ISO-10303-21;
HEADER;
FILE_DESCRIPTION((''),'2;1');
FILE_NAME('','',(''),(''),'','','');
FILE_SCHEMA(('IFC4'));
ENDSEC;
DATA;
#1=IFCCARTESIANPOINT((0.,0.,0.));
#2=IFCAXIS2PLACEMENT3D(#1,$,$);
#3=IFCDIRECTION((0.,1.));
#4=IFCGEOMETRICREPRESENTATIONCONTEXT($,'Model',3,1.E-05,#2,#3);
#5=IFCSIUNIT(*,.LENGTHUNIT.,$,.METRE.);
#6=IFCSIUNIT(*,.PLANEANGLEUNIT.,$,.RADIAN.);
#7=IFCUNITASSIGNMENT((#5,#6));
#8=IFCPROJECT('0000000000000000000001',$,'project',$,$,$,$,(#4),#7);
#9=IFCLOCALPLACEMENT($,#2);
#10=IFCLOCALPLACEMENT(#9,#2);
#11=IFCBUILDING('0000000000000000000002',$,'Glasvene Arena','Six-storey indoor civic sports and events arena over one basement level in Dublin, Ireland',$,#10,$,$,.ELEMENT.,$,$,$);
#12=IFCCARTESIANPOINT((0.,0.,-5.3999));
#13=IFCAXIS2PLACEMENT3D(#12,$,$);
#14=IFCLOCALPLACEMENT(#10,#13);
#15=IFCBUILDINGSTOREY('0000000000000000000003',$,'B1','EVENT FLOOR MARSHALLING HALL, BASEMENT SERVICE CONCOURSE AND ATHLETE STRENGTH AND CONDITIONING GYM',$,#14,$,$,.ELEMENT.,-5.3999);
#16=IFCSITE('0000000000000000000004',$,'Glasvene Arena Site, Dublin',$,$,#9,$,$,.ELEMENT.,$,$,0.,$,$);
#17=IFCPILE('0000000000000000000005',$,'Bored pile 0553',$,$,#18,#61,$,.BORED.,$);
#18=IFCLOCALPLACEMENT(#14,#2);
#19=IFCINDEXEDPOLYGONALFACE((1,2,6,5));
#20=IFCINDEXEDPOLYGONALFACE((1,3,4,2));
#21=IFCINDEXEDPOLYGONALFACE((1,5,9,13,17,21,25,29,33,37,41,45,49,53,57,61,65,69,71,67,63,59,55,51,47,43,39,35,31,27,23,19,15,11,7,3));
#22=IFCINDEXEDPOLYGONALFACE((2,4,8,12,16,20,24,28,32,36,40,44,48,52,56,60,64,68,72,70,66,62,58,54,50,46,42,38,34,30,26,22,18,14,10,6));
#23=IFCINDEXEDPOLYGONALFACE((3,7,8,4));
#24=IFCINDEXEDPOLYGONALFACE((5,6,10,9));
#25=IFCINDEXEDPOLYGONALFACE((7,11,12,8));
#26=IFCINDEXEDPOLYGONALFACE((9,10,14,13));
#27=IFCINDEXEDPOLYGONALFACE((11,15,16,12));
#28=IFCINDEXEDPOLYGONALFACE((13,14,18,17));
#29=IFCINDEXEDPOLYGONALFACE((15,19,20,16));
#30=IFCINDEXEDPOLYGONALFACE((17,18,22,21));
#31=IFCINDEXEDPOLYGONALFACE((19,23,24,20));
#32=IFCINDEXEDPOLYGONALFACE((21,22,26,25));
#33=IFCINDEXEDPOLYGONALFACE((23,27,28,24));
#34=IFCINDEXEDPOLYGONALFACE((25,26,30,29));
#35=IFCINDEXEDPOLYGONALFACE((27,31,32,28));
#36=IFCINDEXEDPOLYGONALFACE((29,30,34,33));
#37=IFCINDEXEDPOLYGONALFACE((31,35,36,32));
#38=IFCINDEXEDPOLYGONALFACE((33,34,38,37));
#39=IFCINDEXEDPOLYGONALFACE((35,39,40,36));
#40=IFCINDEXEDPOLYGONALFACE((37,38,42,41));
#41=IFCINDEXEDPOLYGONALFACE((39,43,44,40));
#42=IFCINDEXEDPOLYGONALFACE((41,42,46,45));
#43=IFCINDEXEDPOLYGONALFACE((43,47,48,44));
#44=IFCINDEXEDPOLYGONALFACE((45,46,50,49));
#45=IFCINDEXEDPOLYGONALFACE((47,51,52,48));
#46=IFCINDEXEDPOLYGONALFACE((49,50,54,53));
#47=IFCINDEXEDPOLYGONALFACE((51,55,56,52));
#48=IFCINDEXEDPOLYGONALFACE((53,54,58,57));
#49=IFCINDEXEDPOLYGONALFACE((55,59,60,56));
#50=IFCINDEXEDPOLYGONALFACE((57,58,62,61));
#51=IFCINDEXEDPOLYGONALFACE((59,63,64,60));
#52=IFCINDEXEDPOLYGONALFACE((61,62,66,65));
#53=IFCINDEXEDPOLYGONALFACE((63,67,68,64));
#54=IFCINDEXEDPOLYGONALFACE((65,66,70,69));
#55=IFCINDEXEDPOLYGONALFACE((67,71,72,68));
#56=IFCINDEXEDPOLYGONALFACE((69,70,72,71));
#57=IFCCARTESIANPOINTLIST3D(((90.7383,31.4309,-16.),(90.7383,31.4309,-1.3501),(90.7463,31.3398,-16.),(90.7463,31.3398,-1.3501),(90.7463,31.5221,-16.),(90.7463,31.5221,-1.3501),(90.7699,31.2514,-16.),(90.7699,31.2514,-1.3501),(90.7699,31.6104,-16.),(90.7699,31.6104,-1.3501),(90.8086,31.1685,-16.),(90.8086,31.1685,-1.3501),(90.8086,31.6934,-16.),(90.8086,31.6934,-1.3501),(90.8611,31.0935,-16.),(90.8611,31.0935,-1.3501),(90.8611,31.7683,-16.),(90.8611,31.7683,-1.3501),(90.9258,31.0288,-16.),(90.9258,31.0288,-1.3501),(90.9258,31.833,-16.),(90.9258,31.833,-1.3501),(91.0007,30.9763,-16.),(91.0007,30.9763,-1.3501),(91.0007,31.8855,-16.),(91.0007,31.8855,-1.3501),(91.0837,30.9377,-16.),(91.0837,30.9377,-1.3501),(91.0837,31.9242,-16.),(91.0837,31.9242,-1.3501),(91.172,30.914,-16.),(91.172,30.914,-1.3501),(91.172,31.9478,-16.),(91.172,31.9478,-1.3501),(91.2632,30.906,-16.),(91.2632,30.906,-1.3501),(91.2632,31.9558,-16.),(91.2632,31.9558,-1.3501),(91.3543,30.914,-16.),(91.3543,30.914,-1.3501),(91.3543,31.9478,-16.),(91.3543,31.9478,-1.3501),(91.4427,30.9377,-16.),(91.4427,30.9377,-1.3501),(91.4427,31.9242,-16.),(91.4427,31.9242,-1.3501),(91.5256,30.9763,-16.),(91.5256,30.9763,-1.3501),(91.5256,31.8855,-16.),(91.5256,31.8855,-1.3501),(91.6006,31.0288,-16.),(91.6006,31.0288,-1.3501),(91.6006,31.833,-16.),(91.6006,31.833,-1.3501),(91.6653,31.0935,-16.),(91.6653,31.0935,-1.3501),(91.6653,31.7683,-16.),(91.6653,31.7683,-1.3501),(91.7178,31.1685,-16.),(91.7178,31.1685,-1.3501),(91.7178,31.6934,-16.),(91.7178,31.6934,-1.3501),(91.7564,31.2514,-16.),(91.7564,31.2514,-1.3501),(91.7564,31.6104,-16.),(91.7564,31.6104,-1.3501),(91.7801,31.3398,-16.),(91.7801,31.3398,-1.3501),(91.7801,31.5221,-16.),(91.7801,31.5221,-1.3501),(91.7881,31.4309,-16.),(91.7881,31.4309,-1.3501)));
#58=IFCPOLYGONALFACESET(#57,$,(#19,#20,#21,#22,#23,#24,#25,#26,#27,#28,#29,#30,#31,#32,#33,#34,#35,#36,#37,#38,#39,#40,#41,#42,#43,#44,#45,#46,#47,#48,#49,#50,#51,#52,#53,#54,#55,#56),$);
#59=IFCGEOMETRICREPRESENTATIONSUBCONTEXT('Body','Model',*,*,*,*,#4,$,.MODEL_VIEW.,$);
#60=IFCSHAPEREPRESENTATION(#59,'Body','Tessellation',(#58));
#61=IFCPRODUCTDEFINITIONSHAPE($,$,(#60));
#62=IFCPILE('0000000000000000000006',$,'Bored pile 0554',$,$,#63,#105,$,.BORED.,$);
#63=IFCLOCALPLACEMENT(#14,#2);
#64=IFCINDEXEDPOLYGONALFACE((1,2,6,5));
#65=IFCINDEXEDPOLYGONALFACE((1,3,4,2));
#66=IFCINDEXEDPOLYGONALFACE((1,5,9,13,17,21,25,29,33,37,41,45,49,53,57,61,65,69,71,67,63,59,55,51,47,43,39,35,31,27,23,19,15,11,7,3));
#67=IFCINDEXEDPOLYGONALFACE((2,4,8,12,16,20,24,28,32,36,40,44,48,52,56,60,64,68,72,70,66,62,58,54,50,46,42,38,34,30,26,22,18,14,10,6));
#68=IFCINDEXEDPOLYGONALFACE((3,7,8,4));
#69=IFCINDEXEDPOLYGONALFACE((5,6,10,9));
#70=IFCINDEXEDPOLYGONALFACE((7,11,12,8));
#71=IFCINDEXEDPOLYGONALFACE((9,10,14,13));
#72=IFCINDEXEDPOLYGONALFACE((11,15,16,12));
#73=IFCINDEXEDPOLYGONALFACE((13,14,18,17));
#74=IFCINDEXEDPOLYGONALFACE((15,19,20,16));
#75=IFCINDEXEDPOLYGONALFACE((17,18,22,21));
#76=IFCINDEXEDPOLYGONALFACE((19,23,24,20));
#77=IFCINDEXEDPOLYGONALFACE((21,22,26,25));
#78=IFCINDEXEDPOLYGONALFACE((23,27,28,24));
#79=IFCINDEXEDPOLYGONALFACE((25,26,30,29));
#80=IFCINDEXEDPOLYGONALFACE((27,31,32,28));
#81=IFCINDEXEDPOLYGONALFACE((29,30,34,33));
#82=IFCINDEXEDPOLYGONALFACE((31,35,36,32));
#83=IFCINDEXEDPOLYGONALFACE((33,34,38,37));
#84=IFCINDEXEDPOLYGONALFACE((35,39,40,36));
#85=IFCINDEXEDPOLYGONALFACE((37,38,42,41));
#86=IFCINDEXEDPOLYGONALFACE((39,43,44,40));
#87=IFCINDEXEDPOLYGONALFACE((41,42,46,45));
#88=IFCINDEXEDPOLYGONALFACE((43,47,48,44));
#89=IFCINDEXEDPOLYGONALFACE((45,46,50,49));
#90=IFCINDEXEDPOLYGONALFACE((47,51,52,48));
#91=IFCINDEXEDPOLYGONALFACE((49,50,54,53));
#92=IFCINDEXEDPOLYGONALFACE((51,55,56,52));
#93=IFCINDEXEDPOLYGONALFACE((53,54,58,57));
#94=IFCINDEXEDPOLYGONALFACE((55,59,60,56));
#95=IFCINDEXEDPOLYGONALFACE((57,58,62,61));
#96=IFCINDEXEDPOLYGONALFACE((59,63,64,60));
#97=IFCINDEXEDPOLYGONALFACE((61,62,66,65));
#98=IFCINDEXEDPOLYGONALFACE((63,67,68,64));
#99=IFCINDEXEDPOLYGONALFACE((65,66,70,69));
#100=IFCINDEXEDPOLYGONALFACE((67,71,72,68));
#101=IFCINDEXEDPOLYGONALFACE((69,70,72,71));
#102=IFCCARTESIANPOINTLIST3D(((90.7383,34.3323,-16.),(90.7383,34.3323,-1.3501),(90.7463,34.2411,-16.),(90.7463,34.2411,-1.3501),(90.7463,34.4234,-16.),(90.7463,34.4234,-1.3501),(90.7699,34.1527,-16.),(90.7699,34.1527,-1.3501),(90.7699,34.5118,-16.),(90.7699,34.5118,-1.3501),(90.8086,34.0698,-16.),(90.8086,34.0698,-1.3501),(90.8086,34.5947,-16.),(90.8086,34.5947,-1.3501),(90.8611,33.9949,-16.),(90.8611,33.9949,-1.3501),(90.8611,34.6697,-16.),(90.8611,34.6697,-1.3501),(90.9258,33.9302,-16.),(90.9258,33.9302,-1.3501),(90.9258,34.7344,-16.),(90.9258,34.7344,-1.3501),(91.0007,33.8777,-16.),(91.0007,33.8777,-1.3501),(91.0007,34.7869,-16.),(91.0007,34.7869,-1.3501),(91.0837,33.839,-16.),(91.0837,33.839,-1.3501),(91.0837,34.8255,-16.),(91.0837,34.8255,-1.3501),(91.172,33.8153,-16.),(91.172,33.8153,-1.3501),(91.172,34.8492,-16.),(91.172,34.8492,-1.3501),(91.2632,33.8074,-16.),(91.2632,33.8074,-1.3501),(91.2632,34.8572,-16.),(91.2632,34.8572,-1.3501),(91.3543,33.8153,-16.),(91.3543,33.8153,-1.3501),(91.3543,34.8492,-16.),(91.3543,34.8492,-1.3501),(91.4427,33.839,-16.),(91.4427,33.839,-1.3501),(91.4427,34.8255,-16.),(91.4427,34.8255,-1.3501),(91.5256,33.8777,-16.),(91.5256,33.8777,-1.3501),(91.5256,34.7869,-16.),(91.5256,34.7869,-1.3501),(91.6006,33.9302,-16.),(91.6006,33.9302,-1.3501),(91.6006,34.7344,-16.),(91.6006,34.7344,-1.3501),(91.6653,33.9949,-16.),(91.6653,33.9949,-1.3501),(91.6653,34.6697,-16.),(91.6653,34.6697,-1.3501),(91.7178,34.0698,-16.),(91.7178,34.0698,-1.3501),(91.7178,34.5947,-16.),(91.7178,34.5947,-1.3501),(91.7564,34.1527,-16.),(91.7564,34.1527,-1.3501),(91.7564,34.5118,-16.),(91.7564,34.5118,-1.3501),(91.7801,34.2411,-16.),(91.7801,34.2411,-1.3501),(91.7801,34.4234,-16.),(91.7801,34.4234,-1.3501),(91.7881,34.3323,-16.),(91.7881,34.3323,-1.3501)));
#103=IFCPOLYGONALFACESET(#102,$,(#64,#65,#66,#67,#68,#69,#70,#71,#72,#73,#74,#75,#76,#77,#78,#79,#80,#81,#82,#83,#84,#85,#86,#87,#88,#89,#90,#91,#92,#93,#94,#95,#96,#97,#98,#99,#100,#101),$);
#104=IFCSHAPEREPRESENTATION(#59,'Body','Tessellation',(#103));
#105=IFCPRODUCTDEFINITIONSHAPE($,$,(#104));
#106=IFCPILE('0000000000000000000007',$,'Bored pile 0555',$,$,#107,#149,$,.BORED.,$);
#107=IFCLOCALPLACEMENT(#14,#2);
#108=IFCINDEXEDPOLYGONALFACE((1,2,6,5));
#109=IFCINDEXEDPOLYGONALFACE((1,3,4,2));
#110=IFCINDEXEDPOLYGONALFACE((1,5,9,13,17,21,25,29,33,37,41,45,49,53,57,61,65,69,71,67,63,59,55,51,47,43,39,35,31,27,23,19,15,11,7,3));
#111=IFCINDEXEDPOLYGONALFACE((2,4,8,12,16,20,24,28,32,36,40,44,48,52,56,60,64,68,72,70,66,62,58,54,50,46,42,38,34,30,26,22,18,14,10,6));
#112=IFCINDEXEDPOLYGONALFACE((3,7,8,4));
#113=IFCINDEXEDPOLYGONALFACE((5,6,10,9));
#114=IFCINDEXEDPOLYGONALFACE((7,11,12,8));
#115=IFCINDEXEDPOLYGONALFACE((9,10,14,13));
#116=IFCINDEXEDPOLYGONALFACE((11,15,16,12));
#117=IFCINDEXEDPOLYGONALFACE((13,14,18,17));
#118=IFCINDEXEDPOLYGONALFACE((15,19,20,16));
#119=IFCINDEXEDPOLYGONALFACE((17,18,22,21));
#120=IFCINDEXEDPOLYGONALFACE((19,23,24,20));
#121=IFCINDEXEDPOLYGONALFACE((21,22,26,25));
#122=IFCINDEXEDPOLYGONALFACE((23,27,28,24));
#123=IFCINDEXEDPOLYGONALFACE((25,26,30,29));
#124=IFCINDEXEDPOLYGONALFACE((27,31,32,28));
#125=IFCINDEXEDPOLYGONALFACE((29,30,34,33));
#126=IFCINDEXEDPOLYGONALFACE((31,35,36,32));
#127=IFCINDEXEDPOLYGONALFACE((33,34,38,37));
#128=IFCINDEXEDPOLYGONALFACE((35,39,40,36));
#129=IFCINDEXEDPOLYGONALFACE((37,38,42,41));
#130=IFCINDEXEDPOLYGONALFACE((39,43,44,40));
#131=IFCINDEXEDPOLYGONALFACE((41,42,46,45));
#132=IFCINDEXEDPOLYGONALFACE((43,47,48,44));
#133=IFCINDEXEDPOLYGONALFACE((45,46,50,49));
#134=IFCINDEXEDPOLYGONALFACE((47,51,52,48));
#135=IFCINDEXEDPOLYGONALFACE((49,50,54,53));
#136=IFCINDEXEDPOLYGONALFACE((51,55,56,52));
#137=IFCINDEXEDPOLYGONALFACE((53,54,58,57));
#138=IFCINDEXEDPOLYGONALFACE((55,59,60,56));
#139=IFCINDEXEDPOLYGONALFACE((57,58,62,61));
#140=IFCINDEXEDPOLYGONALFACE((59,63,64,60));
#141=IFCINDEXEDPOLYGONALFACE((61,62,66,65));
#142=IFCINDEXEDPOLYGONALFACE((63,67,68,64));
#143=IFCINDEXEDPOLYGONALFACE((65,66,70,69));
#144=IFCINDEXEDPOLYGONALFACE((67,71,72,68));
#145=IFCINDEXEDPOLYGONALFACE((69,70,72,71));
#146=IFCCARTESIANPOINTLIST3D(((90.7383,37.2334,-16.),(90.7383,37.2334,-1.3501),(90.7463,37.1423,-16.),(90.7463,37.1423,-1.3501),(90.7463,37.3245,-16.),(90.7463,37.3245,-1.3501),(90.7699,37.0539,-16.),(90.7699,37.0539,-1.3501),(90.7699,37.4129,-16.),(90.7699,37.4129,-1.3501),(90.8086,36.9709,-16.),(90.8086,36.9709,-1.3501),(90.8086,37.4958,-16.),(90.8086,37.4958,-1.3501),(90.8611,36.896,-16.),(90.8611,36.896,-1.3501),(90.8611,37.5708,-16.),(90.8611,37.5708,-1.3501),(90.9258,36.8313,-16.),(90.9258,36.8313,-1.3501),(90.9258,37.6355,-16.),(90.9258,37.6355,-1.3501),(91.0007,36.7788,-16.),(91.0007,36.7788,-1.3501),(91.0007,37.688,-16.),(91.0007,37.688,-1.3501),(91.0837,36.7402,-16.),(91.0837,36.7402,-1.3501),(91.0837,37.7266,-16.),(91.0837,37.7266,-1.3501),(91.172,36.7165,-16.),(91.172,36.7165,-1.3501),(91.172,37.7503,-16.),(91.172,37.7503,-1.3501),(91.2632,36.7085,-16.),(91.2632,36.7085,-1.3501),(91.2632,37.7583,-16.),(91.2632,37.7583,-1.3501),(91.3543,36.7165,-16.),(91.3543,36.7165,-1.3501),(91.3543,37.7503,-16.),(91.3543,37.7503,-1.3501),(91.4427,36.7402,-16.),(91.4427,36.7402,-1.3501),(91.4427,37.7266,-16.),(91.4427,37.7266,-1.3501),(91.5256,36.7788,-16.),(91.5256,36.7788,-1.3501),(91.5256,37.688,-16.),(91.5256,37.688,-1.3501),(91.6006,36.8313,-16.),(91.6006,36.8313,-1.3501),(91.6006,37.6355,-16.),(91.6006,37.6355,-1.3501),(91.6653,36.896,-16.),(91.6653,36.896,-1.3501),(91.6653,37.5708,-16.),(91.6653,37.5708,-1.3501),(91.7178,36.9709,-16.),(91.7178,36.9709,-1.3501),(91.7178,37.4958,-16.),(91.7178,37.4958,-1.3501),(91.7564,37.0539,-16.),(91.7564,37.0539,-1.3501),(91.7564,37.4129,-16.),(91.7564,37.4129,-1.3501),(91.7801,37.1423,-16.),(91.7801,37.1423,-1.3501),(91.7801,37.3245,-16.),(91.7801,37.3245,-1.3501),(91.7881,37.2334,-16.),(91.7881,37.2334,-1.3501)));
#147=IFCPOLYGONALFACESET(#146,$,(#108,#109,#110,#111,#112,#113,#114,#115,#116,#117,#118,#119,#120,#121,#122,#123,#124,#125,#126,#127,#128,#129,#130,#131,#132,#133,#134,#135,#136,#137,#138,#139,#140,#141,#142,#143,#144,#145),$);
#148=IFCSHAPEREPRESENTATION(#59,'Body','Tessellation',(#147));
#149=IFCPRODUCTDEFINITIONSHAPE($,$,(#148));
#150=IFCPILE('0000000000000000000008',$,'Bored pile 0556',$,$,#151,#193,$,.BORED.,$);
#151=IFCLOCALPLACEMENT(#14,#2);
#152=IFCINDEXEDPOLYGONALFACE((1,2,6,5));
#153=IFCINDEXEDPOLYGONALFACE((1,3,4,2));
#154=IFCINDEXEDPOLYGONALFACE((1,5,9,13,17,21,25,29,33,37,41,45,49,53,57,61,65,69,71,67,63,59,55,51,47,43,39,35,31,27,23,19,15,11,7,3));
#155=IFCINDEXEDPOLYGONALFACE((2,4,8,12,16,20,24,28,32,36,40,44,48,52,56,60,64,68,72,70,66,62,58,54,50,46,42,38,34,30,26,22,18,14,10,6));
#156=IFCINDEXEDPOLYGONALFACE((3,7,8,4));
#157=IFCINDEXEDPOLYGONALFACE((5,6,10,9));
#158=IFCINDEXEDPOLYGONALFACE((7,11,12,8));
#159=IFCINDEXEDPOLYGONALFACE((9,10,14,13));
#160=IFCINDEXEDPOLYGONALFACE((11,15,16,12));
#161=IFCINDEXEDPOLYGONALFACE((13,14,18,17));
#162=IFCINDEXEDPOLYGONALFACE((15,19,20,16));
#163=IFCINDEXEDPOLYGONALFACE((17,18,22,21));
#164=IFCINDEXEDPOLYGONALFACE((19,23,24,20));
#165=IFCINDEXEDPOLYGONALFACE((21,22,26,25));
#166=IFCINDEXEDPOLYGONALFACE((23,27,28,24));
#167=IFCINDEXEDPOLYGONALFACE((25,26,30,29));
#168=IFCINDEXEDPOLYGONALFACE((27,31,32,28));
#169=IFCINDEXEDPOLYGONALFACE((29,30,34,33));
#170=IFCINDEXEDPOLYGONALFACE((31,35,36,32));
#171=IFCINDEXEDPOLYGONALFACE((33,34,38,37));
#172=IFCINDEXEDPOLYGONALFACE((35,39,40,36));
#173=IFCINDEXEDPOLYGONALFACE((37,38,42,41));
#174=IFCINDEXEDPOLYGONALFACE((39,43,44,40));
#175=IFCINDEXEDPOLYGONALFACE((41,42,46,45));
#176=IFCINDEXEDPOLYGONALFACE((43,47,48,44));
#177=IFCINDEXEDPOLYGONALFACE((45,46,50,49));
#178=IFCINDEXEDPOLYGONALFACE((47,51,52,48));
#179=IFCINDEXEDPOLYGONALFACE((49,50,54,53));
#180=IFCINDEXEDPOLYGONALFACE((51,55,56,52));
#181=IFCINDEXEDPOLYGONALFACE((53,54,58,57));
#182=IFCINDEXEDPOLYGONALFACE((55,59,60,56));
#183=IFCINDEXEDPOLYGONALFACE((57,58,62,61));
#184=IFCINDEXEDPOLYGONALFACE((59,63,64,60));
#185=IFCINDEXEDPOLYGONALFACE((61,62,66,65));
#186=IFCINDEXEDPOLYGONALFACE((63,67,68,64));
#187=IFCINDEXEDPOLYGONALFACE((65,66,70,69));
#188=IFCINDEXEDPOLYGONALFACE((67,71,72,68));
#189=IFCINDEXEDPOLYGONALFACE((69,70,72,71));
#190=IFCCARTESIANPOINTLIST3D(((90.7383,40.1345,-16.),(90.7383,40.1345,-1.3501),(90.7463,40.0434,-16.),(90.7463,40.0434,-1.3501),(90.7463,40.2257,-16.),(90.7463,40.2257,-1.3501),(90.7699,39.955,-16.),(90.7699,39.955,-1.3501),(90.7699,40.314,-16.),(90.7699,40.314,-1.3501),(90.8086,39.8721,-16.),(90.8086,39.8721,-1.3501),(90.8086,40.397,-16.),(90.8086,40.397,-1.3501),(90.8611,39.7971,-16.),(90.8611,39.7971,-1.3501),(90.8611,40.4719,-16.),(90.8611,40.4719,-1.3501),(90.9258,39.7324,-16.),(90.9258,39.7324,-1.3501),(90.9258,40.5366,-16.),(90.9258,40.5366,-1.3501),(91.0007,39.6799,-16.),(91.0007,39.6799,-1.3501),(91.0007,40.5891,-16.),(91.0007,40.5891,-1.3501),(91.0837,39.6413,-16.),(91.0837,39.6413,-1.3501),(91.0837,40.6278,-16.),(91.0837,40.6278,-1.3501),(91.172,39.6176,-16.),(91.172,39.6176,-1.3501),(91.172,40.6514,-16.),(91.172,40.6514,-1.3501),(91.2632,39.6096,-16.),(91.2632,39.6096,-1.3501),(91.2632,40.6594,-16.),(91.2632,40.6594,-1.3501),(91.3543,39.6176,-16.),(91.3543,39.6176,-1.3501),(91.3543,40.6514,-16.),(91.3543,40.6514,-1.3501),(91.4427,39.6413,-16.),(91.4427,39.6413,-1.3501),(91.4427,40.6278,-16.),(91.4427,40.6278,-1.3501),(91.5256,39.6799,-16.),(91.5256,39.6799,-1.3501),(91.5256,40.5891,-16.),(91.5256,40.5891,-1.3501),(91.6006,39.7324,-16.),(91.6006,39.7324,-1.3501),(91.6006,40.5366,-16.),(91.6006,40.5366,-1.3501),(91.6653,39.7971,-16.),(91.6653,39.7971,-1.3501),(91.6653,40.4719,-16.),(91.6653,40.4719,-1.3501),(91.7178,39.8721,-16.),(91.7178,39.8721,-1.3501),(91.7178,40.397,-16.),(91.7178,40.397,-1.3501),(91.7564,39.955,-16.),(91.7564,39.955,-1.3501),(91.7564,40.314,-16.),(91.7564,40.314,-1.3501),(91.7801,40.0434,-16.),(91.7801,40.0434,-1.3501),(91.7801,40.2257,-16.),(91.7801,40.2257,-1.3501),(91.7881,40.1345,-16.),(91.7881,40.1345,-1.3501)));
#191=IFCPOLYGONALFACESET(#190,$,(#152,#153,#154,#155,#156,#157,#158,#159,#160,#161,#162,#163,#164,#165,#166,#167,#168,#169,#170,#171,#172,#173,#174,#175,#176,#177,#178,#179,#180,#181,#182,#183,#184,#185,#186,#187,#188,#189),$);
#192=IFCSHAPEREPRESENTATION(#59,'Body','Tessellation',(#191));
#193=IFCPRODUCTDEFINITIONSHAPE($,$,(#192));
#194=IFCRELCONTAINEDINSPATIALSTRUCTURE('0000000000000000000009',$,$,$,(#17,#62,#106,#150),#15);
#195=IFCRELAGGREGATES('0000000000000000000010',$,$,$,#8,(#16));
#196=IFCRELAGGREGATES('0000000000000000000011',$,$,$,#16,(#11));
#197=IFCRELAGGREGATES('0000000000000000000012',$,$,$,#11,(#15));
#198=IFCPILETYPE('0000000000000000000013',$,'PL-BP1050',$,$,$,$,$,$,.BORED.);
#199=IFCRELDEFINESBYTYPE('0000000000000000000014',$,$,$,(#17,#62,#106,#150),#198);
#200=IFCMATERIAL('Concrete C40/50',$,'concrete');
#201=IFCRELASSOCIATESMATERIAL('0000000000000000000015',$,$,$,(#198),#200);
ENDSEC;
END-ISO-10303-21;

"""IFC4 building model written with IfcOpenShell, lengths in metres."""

from ifc_helpers import new_model, si_unit, direction, frame, origin, origin_2d, place, context, subcontext, project, spatial, circle, extrude, material, material_profile, profile_set, type_object, element, save


model = new_model("IFC4")

# Units and contexts
model_context = context("Model", 3, precision=1e-05, world=origin(), true_north=direction((0.0, 1.0)))
body_context = subcontext(model_context, "Body", "Model", "MODEL_VIEW")
ifc_project = project(units=[si_unit("LENGTHUNIT", "METRE"), si_unit("PLANEANGLEUNIT", "RADIAN")], contexts=[model_context])

# Site, building, storey
site_placement = place(None, origin())
site = spatial("IfcSite", under=ifc_project, at=site_placement, Name="Glasvene Arena Site, Dublin", CompositionType="ELEMENT", RefElevation=0.0)
building_placement = place(site_placement, origin())
building = spatial("IfcBuilding", under=site, at=building_placement, Name="Glasvene Arena", Description="Six-storey indoor civic sports and events arena over one basement level in Dublin, Ireland", CompositionType="ELEMENT")
storey_placement = place(building_placement, frame((0.0, 0.0, -5.3999)))
storey = spatial("IfcBuildingStorey", under=building, at=storey_placement, Name="B1", Description="EVENT FLOOR MARSHALLING HALL, BASEMENT SERVICE CONCOURSE AND ATHLETE STRENGTH AND CONDITIONING GYM", CompositionType="ELEMENT", Elevation=-5.3999)

# Piles
ifc_material_1 = material(Name="Concrete C40/50", Category="concrete")
ifc_material_profile_1 = material_profile(ifc_material_1, circle(Radius=0.5249, at=origin_2d()), Name="BORED PILE 1050")
ifc_profile_set_1 = profile_set([ifc_material_profile_1], Name="Concrete C40/50")
pile_type = type_object("IfcPileType", Name="PL-BP1050", PredefinedType="BORED", material=ifc_profile_set_1)
for number, where, z_axis, x_axis, name in (
    (1, (91.2632, 31.4309, -1.3501), (0.0, 0.0, -1.0), (1.0, 0.0, 0.0), "Bored pile 0553"),
    (2, (91.2632, 34.3323, -1.3501), (0.0, 0.0, -1.0), (1.0, 0.0, 0.0), "Bored pile 0554"),
    (3, (91.2632, 37.2334, -1.3501), (0.0, 0.0, -1.0), (1.0, 0.0, 0.0), "Bored pile 0555"),
    (4, (91.2632, 40.1345, -1.3501), (0.0, 0.0, -1.0), (1.0, 0.0, 0.0), "Bored pile 0556"),
):
    element("IfcPile", number, at=place(storey_placement, frame(where, z_axis=z_axis, x_axis=x_axis)), inside=storey, type_object=pile_type, Name=name, PredefinedType="BORED", context=body_context, shape_type="SweptSolid", body=[
        extrude(circle(Radius=0.5249, at=origin_2d()), origin(), (0.0, 0.0, 1.0), 14.6499),
    ])

save(model, "model.ifc")
